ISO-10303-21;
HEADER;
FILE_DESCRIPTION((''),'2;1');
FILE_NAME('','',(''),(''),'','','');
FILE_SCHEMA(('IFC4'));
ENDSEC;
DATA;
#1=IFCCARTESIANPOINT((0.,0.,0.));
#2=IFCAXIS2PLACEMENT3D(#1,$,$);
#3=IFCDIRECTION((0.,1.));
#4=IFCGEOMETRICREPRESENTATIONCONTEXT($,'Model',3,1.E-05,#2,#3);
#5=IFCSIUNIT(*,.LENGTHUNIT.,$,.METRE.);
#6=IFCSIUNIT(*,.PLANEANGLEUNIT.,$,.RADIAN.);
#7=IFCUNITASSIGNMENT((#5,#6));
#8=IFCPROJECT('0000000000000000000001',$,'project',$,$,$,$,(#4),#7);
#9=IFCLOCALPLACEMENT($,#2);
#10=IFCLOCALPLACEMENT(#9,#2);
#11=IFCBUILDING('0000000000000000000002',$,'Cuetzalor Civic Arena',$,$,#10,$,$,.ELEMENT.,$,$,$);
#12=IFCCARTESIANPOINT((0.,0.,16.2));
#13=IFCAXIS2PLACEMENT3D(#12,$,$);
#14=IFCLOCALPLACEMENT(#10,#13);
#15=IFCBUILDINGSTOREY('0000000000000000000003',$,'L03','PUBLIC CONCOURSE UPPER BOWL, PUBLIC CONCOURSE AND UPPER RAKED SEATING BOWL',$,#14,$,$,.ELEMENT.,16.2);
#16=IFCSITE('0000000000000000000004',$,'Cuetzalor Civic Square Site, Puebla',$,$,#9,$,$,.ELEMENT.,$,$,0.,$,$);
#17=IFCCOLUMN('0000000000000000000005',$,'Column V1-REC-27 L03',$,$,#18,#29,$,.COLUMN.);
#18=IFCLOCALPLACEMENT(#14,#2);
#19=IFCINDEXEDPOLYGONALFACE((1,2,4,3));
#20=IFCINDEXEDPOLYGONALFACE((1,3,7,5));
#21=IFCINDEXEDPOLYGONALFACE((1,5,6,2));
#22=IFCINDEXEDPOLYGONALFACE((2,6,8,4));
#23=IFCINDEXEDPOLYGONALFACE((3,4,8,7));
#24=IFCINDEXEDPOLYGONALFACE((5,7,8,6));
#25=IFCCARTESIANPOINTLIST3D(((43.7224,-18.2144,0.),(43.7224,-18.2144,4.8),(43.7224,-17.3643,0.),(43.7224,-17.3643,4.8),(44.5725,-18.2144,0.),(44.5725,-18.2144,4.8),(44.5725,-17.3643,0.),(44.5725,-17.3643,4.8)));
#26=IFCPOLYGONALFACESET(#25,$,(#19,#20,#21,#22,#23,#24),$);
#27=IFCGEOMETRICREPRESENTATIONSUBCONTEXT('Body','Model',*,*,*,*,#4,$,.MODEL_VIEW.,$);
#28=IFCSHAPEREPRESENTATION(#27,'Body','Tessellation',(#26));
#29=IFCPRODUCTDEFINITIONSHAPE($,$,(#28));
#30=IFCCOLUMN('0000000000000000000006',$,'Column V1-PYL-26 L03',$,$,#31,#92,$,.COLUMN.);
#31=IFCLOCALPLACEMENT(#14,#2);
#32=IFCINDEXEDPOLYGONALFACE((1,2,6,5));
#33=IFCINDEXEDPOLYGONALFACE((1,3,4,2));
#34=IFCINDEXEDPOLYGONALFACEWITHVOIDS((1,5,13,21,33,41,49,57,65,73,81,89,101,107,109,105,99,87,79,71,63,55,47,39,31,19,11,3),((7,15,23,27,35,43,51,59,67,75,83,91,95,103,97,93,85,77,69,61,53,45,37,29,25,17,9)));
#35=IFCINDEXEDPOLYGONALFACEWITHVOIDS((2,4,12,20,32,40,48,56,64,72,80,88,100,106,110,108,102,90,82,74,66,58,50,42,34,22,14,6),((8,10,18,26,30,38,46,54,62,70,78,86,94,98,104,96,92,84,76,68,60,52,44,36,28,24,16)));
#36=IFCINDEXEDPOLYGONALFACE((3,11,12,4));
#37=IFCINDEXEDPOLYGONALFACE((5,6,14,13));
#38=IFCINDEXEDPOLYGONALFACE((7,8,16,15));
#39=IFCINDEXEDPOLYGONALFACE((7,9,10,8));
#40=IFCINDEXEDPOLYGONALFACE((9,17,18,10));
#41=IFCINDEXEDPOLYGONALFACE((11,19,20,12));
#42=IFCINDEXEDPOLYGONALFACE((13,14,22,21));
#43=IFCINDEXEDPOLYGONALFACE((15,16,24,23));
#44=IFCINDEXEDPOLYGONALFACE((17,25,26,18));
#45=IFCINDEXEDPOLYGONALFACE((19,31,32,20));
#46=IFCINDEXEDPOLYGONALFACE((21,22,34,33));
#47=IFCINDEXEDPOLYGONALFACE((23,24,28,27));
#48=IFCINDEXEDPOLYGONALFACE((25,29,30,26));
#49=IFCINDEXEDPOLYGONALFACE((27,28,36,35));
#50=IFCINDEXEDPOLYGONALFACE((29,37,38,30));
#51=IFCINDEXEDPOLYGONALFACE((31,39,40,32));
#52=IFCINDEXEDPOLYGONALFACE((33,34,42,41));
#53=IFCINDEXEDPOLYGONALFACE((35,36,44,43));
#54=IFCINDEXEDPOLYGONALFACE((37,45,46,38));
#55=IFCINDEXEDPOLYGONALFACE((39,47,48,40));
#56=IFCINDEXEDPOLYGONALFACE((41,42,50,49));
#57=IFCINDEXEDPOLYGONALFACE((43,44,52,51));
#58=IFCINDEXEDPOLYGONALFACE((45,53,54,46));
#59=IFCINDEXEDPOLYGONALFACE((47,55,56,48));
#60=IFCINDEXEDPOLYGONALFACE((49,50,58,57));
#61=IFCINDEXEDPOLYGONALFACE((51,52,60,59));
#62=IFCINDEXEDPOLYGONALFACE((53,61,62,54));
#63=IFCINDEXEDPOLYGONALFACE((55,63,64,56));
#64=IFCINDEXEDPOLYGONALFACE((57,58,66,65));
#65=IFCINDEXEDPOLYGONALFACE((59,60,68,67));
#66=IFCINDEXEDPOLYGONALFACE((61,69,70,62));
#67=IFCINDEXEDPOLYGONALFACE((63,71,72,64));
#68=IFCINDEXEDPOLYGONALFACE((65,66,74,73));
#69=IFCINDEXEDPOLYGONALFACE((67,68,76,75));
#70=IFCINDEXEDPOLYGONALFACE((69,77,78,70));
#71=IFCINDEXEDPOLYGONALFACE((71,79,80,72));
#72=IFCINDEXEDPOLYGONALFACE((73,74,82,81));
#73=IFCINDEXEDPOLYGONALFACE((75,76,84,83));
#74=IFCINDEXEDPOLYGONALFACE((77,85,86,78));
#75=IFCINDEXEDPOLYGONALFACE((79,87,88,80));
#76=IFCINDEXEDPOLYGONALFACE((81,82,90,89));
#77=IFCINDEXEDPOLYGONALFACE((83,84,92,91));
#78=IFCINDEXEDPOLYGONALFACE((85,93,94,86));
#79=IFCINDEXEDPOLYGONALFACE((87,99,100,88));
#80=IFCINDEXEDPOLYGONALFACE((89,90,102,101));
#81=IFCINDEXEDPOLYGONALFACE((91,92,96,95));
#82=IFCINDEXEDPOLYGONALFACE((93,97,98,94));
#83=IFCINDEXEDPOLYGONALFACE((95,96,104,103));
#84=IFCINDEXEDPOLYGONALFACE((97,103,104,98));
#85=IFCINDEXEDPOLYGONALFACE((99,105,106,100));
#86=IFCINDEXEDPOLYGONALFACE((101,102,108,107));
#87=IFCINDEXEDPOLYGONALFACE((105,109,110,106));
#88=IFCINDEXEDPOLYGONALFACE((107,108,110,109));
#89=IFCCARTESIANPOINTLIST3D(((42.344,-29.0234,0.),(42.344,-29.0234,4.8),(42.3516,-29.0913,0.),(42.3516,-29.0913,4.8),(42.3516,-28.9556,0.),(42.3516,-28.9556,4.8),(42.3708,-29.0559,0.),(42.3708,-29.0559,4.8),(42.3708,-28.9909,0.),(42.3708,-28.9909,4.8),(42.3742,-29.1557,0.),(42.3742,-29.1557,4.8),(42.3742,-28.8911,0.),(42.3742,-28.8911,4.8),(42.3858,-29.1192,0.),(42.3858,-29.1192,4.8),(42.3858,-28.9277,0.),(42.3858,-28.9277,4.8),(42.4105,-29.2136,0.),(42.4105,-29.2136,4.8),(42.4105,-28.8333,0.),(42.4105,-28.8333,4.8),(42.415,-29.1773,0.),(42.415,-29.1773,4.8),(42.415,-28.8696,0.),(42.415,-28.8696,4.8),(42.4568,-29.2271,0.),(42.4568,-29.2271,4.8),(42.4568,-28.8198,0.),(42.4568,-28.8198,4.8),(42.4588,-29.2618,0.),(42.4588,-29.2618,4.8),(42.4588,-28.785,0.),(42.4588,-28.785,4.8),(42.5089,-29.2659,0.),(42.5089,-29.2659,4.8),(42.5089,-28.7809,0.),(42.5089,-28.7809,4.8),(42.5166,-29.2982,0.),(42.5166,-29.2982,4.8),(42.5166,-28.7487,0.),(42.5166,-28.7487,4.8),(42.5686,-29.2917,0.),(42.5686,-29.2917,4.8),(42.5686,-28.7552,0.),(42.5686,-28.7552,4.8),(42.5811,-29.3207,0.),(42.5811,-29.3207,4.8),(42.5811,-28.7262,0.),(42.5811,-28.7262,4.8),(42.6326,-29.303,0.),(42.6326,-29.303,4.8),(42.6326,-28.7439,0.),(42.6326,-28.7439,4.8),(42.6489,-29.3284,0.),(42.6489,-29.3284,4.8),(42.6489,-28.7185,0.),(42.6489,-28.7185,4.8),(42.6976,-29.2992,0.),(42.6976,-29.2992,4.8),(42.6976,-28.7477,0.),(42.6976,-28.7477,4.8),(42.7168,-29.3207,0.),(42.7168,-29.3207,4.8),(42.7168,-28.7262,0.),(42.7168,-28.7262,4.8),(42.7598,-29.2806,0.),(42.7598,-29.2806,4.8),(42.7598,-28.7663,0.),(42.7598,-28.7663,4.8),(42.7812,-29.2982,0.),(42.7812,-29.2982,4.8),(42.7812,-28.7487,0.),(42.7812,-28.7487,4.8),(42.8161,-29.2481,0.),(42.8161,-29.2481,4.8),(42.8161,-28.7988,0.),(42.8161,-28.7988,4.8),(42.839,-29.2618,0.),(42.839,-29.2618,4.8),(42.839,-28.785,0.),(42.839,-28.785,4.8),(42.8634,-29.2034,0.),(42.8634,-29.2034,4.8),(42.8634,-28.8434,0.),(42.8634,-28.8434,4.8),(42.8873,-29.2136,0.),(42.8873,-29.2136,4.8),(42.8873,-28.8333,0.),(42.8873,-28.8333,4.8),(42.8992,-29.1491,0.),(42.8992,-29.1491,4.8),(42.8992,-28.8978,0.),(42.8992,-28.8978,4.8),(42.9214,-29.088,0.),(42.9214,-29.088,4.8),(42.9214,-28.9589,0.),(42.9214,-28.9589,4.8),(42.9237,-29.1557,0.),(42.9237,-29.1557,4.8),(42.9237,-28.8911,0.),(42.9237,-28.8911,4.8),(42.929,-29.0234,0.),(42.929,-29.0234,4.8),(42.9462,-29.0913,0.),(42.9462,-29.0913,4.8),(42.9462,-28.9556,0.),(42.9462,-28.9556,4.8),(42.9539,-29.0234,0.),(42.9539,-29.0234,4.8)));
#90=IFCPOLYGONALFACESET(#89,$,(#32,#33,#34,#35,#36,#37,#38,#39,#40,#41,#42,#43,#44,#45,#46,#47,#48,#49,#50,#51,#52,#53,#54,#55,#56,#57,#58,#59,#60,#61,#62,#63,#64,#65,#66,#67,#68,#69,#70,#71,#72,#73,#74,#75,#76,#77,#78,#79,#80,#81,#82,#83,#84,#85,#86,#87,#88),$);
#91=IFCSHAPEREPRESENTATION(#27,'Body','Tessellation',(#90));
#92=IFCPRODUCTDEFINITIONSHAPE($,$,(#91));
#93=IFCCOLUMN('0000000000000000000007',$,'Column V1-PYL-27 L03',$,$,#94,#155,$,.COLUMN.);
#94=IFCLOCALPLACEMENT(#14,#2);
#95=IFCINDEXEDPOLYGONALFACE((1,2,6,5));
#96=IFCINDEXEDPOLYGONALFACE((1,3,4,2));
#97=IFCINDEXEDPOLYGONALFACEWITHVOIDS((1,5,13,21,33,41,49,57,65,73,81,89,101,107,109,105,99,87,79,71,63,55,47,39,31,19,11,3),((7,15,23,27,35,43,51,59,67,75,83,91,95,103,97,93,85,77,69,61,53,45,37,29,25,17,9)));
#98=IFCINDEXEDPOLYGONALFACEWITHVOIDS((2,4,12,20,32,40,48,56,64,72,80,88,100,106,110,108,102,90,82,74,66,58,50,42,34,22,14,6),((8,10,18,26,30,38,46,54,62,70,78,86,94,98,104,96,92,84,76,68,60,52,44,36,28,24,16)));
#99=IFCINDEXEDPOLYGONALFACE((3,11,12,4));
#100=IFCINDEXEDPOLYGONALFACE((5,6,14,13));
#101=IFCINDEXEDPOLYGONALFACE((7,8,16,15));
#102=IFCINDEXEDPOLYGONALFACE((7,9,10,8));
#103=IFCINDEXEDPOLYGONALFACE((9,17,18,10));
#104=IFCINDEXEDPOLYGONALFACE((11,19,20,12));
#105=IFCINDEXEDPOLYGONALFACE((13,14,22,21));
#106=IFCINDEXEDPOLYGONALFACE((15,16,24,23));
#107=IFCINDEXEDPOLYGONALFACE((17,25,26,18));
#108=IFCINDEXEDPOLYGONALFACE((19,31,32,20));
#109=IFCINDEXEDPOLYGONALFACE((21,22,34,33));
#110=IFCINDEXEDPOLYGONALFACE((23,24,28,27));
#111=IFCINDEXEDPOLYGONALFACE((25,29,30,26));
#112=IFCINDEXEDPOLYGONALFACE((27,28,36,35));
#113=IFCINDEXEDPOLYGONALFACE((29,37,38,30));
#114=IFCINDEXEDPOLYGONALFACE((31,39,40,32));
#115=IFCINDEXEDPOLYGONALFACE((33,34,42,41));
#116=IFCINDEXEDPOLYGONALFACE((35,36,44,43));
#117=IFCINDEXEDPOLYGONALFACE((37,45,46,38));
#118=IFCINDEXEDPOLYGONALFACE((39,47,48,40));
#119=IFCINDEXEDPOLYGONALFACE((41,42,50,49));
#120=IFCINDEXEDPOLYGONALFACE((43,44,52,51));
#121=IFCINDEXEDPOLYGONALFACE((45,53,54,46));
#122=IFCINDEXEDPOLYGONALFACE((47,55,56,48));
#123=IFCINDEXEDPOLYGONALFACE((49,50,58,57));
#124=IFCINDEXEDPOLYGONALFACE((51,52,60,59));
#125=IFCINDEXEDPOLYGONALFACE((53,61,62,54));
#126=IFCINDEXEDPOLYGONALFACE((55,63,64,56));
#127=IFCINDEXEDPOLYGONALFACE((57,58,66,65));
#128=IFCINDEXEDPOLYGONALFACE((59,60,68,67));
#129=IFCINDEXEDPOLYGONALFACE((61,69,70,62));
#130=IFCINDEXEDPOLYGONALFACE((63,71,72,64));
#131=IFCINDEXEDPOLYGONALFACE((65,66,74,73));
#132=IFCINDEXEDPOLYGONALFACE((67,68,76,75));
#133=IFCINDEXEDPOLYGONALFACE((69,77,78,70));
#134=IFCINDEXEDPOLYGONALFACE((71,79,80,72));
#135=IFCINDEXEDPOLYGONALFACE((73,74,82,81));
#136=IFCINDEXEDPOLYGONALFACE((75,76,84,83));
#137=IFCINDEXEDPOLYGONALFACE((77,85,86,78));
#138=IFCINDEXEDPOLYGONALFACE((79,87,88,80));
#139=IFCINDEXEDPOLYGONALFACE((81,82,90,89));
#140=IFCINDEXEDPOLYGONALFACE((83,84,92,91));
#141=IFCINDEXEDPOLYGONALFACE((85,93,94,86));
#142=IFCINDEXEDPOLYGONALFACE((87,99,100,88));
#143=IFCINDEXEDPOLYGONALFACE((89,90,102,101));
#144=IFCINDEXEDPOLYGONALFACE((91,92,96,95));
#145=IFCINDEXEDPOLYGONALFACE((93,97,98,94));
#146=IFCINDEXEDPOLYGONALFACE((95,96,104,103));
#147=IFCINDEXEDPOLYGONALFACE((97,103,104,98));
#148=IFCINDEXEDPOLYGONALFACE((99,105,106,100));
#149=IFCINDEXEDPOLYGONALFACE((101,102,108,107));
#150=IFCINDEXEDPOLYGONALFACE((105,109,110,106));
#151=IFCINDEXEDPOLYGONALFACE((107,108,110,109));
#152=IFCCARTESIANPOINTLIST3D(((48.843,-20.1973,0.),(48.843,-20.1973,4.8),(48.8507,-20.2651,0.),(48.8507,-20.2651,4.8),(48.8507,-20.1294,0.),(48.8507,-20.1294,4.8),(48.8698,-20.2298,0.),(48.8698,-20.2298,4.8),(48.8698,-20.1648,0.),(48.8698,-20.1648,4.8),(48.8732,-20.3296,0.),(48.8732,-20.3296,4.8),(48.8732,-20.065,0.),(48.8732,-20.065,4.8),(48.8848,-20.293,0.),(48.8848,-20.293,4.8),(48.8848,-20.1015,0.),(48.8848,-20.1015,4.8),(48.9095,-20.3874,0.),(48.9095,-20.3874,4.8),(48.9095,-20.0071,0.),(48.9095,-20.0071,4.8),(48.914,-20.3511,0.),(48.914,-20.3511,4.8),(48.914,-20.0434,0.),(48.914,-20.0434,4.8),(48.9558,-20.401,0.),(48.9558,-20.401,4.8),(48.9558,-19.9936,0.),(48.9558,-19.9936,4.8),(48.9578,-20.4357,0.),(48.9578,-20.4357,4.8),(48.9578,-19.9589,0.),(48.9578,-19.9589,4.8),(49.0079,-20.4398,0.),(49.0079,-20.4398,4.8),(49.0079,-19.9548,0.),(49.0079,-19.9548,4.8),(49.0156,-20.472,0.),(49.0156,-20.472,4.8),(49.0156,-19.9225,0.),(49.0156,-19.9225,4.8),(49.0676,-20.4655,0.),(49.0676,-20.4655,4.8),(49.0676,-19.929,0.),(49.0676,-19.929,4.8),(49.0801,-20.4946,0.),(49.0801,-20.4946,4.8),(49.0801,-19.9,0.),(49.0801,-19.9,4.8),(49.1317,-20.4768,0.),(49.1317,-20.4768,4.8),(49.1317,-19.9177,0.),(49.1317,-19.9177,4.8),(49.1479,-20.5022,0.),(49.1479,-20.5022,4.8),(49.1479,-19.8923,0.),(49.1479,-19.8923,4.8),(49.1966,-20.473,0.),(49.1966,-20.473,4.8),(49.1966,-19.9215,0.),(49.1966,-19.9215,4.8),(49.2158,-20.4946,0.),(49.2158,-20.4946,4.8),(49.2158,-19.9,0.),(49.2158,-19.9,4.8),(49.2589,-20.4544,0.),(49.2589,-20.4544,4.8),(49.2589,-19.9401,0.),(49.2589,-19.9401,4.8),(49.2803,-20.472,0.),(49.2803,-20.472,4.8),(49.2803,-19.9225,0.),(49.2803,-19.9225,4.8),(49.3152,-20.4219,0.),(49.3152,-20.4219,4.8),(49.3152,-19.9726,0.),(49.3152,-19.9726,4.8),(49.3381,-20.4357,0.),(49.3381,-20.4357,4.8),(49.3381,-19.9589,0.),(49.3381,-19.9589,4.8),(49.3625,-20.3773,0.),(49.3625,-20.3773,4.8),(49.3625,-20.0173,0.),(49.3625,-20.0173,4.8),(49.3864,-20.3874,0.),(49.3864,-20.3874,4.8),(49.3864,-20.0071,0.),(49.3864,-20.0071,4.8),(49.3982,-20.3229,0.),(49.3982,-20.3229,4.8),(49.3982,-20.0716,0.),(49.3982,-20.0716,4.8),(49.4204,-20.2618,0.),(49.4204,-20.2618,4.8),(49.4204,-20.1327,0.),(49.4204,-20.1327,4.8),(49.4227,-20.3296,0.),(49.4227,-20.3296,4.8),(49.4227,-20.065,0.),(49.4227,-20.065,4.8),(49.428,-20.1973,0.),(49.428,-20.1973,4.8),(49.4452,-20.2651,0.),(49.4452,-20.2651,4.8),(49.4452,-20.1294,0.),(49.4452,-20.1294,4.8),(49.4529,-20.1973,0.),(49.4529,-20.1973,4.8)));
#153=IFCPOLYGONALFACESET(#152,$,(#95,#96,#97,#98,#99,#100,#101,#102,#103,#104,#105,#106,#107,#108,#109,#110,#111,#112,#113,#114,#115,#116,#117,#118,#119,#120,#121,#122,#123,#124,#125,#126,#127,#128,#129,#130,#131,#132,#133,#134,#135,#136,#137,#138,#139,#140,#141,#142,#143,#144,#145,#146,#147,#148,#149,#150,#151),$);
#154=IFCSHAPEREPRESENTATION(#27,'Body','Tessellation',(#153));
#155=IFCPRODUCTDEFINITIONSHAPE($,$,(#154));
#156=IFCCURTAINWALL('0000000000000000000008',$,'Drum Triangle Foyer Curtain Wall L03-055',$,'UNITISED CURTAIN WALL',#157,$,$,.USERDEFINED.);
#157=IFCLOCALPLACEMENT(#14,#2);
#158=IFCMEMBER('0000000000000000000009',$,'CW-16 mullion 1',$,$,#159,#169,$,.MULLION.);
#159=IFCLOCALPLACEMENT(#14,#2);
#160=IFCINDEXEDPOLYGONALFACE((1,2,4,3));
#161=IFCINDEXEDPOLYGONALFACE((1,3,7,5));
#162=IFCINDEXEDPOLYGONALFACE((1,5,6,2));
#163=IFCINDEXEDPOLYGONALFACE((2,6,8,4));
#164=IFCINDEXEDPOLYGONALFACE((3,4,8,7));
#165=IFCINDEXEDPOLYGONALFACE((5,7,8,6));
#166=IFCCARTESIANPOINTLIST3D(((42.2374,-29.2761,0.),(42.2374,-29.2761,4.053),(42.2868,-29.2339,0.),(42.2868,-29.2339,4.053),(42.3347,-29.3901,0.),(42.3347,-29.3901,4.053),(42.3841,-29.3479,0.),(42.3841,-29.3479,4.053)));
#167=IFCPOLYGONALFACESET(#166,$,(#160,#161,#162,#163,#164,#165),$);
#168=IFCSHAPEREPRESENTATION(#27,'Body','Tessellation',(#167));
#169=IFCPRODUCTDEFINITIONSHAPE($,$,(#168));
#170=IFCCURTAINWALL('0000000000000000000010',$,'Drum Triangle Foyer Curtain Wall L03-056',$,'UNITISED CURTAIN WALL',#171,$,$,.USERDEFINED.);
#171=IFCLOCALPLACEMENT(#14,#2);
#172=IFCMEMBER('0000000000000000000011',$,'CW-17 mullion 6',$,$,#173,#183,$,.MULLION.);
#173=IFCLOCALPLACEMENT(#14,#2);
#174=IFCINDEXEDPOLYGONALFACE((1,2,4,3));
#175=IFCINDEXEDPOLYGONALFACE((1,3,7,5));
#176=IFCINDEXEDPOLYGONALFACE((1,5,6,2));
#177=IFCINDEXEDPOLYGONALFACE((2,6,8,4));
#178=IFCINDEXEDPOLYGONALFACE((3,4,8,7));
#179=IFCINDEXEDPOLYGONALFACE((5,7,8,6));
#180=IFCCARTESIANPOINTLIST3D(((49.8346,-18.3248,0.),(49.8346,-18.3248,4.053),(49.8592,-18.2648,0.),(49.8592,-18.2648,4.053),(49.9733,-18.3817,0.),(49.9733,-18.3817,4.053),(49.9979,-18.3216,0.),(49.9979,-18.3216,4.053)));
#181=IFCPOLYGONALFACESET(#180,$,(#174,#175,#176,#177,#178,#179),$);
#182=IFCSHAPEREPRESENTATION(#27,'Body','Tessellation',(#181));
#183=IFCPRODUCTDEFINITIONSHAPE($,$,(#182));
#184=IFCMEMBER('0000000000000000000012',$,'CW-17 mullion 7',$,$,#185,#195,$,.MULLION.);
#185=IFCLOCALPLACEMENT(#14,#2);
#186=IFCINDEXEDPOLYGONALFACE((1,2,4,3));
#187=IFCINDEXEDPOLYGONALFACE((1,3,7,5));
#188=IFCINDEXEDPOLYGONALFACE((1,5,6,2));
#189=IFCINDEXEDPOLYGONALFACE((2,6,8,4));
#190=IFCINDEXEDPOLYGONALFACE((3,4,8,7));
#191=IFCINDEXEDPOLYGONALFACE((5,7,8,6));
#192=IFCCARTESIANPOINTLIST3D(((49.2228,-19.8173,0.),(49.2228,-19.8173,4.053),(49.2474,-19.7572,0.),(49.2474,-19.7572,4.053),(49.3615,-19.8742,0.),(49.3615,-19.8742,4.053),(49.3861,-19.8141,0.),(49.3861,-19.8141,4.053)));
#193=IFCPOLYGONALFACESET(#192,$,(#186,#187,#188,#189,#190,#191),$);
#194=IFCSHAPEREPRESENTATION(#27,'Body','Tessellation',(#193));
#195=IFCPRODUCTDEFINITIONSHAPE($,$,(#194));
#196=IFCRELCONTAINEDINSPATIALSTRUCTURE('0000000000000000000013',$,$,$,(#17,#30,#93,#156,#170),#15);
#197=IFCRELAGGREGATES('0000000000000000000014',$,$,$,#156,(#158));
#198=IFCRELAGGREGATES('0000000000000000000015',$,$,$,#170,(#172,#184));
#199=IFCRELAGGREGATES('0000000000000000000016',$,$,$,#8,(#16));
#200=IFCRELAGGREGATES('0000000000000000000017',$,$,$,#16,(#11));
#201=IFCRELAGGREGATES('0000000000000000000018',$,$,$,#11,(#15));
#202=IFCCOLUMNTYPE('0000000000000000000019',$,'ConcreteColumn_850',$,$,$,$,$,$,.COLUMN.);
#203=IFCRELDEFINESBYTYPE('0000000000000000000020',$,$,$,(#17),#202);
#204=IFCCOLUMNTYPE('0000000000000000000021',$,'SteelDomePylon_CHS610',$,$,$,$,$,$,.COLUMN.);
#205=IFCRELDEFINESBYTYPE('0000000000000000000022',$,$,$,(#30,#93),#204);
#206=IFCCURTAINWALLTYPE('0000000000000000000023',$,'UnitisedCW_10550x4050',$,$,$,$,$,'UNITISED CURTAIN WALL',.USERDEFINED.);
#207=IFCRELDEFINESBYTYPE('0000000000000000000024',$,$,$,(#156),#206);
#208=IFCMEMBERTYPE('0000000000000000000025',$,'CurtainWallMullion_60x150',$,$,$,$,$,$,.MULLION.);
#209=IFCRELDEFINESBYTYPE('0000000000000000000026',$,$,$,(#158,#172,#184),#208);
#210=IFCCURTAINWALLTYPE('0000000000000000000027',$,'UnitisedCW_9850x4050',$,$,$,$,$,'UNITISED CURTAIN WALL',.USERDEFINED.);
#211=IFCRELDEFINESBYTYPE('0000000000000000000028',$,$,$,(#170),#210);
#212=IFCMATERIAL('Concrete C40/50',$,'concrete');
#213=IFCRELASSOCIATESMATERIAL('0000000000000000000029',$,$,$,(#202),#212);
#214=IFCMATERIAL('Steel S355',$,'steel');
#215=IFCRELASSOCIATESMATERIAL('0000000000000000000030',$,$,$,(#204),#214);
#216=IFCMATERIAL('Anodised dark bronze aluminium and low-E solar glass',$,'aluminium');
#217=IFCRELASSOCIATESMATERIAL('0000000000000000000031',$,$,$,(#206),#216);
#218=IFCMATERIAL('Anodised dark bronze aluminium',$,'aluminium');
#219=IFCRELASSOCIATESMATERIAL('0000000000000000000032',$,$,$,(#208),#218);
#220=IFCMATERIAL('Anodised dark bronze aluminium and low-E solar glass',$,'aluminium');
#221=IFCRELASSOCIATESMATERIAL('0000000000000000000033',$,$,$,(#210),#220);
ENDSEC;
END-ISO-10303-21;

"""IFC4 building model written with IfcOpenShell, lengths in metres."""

from ifc_helpers import new_model, si_unit, direction, frame, origin, origin_2d, place, context, subcontext, project, spatial, rectangle, hollow_circle, extrude, material, material_profile, profile_set, type_object, element, aggregate, save


model = new_model("IFC4")

# Units and contexts
model_context = context("Model", 3, precision=1e-05, world=origin(), true_north=direction((0.0, 1.0)))
body_context = subcontext(model_context, "Body", "Model", "MODEL_VIEW")
ifc_project = project(units=[si_unit("LENGTHUNIT", "METRE"), si_unit("PLANEANGLEUNIT", "RADIAN")], contexts=[model_context])

# Site, building, storey
site_placement = place(None, origin())
site = spatial("IfcSite", under=ifc_project, at=site_placement, Name="Cuetzalor Civic Square Site, Puebla", CompositionType="ELEMENT", RefElevation=0.0)
building_placement = place(site_placement, origin())
building = spatial("IfcBuilding", under=site, at=building_placement, Name="Cuetzalor Civic Arena", CompositionType="ELEMENT")
storey_placement = place(building_placement, frame((0.0, 0.0, 16.2)))
storey = spatial("IfcBuildingStorey", under=building, at=storey_placement, Name="L03", Description="PUBLIC CONCOURSE UPPER BOWL, PUBLIC CONCOURSE AND UPPER RAKED SEATING BOWL", CompositionType="ELEMENT", Elevation=16.2)

# Columns
ifc_material_1 = material(Name="Concrete C40/50", Category="concrete")
ifc_material_profile_1 = material_profile(ifc_material_1, rectangle(XDim=0.8501, YDim=0.8501, at=origin_2d()), Name="RC 850x850")
ifc_profile_set_1 = profile_set([ifc_material_profile_1], Name="Concrete C40/50")
column_type_1 = type_object("IfcColumnType", Name="ConcreteColumn_850", PredefinedType="COLUMN", material=ifc_profile_set_1)
column_placement = place(storey_placement, frame((44.1475, -17.7893, 0.0), z_axis=(0.0, 0.0, 1.0), x_axis=(1.0, 0.0, 0.0)))
element("IfcColumn", 1, at=column_placement, inside=storey, type_object=column_type_1, Name="Column V1-REC-27 L03", PredefinedType="COLUMN", context=body_context, shape_type="SweptSolid", body=[
    extrude(rectangle(XDim=0.8501, YDim=0.8501, at=origin_2d()), origin(), (0.0, 0.0, 1.0), 4.8),
])
ifc_material_2 = material(Name="Steel S355", Category="steel")
ifc_material_profile_2 = material_profile(ifc_material_2, hollow_circle(Radius=0.3049, WallThickness=0.0249, at=origin_2d()), Name="CHS 610x25")
ifc_profile_set_2 = profile_set([ifc_material_profile_2], Name="Steel S355")
column_type_2 = type_object("IfcColumnType", Name="SteelDomePylon_CHS610", PredefinedType="COLUMN", material=ifc_profile_set_2)
for number, where, z_axis, x_axis, name in (
    (2, (42.6489, -29.0234, 0.0), (0.0, 0.0, 1.0), (1.0, 0.0, 0.0), "Column V1-PYL-26 L03"),
    (3, (49.1479, -20.1973, 0.0), (0.0, 0.0, 1.0), (1.0, 0.0, 0.0), "Column V1-PYL-27 L03"),
):
    element("IfcColumn", number, at=place(storey_placement, frame(where, z_axis=z_axis, x_axis=x_axis)), inside=storey, type_object=column_type_2, Name=name, PredefinedType="COLUMN", context=body_context, shape_type="SweptSolid", body=[
        extrude(hollow_circle(Radius=0.3049, WallThickness=0.0249, at=origin_2d()), origin(), (0.0, 0.0, 1.0), 4.8),
    ])

# Curtain wall, member
ifc_material_3 = material(Name="Anodised dark bronze aluminium and low-E solar glass", Category="aluminium")
curtain_wall_type_1 = type_object("IfcCurtainWallType", Name="UnitisedCW_10550x4050", ElementType="UNITISED CURTAIN WALL", PredefinedType="USERDEFINED", material=ifc_material_3)
curtain_wall_1_placement = place(storey_placement, origin())
curtain_wall_1 = element("IfcCurtainWall", 4, at=curtain_wall_1_placement, inside=storey, type_object=curtain_wall_type_1, Name="Drum Triangle Foyer Curtain Wall L03-055", ObjectType="UNITISED CURTAIN WALL", PredefinedType="USERDEFINED")
ifc_material_4 = material(Name="Anodised dark bronze aluminium", Category="aluminium")
ifc_material_profile_3 = material_profile(ifc_material_4, rectangle(XDim=0.0649, YDim=0.1499, at=origin_2d()), Name="ALU MULLION 65x150")
ifc_profile_set_3 = profile_set([ifc_material_profile_3], Name="Anodised dark bronze aluminium")
member_type_1 = type_object("IfcMemberType", Name="CurtainWallMullion_60x150", PredefinedType="MULLION", material=ifc_profile_set_3)
member_1_placement = place(storey_placement, frame((42.3108, -29.312, 0.0), z_axis=(0.0, 0.0, 1.0), x_axis=(-0.760677, -0.64913, 0.0)))
member_1 = element("IfcMember", 5, at=member_1_placement, type_object=member_type_1, Name="CW-16 mullion 1", PredefinedType="MULLION", context=body_context, shape_type="SweptSolid", body=[
    extrude(rectangle(XDim=0.0649, YDim=0.1499, at=origin_2d()), origin(), (0.0, 0.0, 1.0), 4.053),
])
aggregate(curtain_wall_1, [member_1])

# Curtain wall, members
ifc_material_5 = material(Name="Anodised dark bronze aluminium and low-E solar glass", Category="aluminium")
curtain_wall_type_2 = type_object("IfcCurtainWallType", Name="UnitisedCW_9850x4050", ElementType="UNITISED CURTAIN WALL", PredefinedType="USERDEFINED", material=ifc_material_5)
curtain_wall_2_placement = place(storey_placement, origin())
curtain_wall_2 = element("IfcCurtainWall", 6, at=curtain_wall_2_placement, inside=storey, type_object=curtain_wall_type_2, Name="Drum Triangle Foyer Curtain Wall L03-056", ObjectType="UNITISED CURTAIN WALL", PredefinedType="USERDEFINED")
member_2_placement = place(storey_placement, frame((49.9163, -18.3232, 0.0), z_axis=(0.0, 0.0, 1.0), x_axis=(-0.379391, -0.925236, 0.0)))
member_2 = element("IfcMember", 7, at=member_2_placement, type_object=member_type_1, Name="CW-17 mullion 6", PredefinedType="MULLION", context=body_context, shape_type="SweptSolid", body=[
    extrude(rectangle(XDim=0.0649, YDim=0.1499, at=origin_2d()), origin(), (0.0, 0.0, 1.0), 4.053),
])
member_3_placement = place(storey_placement, frame((49.3044, -19.8157, 0.0), z_axis=(0.0, 0.0, 1.0), x_axis=(-0.379391, -0.925236, 0.0)))
member_3 = element("IfcMember", 8, at=member_3_placement, type_object=member_type_1, Name="CW-17 mullion 7", PredefinedType="MULLION", context=body_context, shape_type="SweptSolid", body=[
    extrude(rectangle(XDim=0.0649, YDim=0.1499, at=origin_2d()), origin(), (0.0, 0.0, 1.0), 4.053),
])

aggregate(curtain_wall_2, [member_2, member_3])

save(model, "model.ifc")
